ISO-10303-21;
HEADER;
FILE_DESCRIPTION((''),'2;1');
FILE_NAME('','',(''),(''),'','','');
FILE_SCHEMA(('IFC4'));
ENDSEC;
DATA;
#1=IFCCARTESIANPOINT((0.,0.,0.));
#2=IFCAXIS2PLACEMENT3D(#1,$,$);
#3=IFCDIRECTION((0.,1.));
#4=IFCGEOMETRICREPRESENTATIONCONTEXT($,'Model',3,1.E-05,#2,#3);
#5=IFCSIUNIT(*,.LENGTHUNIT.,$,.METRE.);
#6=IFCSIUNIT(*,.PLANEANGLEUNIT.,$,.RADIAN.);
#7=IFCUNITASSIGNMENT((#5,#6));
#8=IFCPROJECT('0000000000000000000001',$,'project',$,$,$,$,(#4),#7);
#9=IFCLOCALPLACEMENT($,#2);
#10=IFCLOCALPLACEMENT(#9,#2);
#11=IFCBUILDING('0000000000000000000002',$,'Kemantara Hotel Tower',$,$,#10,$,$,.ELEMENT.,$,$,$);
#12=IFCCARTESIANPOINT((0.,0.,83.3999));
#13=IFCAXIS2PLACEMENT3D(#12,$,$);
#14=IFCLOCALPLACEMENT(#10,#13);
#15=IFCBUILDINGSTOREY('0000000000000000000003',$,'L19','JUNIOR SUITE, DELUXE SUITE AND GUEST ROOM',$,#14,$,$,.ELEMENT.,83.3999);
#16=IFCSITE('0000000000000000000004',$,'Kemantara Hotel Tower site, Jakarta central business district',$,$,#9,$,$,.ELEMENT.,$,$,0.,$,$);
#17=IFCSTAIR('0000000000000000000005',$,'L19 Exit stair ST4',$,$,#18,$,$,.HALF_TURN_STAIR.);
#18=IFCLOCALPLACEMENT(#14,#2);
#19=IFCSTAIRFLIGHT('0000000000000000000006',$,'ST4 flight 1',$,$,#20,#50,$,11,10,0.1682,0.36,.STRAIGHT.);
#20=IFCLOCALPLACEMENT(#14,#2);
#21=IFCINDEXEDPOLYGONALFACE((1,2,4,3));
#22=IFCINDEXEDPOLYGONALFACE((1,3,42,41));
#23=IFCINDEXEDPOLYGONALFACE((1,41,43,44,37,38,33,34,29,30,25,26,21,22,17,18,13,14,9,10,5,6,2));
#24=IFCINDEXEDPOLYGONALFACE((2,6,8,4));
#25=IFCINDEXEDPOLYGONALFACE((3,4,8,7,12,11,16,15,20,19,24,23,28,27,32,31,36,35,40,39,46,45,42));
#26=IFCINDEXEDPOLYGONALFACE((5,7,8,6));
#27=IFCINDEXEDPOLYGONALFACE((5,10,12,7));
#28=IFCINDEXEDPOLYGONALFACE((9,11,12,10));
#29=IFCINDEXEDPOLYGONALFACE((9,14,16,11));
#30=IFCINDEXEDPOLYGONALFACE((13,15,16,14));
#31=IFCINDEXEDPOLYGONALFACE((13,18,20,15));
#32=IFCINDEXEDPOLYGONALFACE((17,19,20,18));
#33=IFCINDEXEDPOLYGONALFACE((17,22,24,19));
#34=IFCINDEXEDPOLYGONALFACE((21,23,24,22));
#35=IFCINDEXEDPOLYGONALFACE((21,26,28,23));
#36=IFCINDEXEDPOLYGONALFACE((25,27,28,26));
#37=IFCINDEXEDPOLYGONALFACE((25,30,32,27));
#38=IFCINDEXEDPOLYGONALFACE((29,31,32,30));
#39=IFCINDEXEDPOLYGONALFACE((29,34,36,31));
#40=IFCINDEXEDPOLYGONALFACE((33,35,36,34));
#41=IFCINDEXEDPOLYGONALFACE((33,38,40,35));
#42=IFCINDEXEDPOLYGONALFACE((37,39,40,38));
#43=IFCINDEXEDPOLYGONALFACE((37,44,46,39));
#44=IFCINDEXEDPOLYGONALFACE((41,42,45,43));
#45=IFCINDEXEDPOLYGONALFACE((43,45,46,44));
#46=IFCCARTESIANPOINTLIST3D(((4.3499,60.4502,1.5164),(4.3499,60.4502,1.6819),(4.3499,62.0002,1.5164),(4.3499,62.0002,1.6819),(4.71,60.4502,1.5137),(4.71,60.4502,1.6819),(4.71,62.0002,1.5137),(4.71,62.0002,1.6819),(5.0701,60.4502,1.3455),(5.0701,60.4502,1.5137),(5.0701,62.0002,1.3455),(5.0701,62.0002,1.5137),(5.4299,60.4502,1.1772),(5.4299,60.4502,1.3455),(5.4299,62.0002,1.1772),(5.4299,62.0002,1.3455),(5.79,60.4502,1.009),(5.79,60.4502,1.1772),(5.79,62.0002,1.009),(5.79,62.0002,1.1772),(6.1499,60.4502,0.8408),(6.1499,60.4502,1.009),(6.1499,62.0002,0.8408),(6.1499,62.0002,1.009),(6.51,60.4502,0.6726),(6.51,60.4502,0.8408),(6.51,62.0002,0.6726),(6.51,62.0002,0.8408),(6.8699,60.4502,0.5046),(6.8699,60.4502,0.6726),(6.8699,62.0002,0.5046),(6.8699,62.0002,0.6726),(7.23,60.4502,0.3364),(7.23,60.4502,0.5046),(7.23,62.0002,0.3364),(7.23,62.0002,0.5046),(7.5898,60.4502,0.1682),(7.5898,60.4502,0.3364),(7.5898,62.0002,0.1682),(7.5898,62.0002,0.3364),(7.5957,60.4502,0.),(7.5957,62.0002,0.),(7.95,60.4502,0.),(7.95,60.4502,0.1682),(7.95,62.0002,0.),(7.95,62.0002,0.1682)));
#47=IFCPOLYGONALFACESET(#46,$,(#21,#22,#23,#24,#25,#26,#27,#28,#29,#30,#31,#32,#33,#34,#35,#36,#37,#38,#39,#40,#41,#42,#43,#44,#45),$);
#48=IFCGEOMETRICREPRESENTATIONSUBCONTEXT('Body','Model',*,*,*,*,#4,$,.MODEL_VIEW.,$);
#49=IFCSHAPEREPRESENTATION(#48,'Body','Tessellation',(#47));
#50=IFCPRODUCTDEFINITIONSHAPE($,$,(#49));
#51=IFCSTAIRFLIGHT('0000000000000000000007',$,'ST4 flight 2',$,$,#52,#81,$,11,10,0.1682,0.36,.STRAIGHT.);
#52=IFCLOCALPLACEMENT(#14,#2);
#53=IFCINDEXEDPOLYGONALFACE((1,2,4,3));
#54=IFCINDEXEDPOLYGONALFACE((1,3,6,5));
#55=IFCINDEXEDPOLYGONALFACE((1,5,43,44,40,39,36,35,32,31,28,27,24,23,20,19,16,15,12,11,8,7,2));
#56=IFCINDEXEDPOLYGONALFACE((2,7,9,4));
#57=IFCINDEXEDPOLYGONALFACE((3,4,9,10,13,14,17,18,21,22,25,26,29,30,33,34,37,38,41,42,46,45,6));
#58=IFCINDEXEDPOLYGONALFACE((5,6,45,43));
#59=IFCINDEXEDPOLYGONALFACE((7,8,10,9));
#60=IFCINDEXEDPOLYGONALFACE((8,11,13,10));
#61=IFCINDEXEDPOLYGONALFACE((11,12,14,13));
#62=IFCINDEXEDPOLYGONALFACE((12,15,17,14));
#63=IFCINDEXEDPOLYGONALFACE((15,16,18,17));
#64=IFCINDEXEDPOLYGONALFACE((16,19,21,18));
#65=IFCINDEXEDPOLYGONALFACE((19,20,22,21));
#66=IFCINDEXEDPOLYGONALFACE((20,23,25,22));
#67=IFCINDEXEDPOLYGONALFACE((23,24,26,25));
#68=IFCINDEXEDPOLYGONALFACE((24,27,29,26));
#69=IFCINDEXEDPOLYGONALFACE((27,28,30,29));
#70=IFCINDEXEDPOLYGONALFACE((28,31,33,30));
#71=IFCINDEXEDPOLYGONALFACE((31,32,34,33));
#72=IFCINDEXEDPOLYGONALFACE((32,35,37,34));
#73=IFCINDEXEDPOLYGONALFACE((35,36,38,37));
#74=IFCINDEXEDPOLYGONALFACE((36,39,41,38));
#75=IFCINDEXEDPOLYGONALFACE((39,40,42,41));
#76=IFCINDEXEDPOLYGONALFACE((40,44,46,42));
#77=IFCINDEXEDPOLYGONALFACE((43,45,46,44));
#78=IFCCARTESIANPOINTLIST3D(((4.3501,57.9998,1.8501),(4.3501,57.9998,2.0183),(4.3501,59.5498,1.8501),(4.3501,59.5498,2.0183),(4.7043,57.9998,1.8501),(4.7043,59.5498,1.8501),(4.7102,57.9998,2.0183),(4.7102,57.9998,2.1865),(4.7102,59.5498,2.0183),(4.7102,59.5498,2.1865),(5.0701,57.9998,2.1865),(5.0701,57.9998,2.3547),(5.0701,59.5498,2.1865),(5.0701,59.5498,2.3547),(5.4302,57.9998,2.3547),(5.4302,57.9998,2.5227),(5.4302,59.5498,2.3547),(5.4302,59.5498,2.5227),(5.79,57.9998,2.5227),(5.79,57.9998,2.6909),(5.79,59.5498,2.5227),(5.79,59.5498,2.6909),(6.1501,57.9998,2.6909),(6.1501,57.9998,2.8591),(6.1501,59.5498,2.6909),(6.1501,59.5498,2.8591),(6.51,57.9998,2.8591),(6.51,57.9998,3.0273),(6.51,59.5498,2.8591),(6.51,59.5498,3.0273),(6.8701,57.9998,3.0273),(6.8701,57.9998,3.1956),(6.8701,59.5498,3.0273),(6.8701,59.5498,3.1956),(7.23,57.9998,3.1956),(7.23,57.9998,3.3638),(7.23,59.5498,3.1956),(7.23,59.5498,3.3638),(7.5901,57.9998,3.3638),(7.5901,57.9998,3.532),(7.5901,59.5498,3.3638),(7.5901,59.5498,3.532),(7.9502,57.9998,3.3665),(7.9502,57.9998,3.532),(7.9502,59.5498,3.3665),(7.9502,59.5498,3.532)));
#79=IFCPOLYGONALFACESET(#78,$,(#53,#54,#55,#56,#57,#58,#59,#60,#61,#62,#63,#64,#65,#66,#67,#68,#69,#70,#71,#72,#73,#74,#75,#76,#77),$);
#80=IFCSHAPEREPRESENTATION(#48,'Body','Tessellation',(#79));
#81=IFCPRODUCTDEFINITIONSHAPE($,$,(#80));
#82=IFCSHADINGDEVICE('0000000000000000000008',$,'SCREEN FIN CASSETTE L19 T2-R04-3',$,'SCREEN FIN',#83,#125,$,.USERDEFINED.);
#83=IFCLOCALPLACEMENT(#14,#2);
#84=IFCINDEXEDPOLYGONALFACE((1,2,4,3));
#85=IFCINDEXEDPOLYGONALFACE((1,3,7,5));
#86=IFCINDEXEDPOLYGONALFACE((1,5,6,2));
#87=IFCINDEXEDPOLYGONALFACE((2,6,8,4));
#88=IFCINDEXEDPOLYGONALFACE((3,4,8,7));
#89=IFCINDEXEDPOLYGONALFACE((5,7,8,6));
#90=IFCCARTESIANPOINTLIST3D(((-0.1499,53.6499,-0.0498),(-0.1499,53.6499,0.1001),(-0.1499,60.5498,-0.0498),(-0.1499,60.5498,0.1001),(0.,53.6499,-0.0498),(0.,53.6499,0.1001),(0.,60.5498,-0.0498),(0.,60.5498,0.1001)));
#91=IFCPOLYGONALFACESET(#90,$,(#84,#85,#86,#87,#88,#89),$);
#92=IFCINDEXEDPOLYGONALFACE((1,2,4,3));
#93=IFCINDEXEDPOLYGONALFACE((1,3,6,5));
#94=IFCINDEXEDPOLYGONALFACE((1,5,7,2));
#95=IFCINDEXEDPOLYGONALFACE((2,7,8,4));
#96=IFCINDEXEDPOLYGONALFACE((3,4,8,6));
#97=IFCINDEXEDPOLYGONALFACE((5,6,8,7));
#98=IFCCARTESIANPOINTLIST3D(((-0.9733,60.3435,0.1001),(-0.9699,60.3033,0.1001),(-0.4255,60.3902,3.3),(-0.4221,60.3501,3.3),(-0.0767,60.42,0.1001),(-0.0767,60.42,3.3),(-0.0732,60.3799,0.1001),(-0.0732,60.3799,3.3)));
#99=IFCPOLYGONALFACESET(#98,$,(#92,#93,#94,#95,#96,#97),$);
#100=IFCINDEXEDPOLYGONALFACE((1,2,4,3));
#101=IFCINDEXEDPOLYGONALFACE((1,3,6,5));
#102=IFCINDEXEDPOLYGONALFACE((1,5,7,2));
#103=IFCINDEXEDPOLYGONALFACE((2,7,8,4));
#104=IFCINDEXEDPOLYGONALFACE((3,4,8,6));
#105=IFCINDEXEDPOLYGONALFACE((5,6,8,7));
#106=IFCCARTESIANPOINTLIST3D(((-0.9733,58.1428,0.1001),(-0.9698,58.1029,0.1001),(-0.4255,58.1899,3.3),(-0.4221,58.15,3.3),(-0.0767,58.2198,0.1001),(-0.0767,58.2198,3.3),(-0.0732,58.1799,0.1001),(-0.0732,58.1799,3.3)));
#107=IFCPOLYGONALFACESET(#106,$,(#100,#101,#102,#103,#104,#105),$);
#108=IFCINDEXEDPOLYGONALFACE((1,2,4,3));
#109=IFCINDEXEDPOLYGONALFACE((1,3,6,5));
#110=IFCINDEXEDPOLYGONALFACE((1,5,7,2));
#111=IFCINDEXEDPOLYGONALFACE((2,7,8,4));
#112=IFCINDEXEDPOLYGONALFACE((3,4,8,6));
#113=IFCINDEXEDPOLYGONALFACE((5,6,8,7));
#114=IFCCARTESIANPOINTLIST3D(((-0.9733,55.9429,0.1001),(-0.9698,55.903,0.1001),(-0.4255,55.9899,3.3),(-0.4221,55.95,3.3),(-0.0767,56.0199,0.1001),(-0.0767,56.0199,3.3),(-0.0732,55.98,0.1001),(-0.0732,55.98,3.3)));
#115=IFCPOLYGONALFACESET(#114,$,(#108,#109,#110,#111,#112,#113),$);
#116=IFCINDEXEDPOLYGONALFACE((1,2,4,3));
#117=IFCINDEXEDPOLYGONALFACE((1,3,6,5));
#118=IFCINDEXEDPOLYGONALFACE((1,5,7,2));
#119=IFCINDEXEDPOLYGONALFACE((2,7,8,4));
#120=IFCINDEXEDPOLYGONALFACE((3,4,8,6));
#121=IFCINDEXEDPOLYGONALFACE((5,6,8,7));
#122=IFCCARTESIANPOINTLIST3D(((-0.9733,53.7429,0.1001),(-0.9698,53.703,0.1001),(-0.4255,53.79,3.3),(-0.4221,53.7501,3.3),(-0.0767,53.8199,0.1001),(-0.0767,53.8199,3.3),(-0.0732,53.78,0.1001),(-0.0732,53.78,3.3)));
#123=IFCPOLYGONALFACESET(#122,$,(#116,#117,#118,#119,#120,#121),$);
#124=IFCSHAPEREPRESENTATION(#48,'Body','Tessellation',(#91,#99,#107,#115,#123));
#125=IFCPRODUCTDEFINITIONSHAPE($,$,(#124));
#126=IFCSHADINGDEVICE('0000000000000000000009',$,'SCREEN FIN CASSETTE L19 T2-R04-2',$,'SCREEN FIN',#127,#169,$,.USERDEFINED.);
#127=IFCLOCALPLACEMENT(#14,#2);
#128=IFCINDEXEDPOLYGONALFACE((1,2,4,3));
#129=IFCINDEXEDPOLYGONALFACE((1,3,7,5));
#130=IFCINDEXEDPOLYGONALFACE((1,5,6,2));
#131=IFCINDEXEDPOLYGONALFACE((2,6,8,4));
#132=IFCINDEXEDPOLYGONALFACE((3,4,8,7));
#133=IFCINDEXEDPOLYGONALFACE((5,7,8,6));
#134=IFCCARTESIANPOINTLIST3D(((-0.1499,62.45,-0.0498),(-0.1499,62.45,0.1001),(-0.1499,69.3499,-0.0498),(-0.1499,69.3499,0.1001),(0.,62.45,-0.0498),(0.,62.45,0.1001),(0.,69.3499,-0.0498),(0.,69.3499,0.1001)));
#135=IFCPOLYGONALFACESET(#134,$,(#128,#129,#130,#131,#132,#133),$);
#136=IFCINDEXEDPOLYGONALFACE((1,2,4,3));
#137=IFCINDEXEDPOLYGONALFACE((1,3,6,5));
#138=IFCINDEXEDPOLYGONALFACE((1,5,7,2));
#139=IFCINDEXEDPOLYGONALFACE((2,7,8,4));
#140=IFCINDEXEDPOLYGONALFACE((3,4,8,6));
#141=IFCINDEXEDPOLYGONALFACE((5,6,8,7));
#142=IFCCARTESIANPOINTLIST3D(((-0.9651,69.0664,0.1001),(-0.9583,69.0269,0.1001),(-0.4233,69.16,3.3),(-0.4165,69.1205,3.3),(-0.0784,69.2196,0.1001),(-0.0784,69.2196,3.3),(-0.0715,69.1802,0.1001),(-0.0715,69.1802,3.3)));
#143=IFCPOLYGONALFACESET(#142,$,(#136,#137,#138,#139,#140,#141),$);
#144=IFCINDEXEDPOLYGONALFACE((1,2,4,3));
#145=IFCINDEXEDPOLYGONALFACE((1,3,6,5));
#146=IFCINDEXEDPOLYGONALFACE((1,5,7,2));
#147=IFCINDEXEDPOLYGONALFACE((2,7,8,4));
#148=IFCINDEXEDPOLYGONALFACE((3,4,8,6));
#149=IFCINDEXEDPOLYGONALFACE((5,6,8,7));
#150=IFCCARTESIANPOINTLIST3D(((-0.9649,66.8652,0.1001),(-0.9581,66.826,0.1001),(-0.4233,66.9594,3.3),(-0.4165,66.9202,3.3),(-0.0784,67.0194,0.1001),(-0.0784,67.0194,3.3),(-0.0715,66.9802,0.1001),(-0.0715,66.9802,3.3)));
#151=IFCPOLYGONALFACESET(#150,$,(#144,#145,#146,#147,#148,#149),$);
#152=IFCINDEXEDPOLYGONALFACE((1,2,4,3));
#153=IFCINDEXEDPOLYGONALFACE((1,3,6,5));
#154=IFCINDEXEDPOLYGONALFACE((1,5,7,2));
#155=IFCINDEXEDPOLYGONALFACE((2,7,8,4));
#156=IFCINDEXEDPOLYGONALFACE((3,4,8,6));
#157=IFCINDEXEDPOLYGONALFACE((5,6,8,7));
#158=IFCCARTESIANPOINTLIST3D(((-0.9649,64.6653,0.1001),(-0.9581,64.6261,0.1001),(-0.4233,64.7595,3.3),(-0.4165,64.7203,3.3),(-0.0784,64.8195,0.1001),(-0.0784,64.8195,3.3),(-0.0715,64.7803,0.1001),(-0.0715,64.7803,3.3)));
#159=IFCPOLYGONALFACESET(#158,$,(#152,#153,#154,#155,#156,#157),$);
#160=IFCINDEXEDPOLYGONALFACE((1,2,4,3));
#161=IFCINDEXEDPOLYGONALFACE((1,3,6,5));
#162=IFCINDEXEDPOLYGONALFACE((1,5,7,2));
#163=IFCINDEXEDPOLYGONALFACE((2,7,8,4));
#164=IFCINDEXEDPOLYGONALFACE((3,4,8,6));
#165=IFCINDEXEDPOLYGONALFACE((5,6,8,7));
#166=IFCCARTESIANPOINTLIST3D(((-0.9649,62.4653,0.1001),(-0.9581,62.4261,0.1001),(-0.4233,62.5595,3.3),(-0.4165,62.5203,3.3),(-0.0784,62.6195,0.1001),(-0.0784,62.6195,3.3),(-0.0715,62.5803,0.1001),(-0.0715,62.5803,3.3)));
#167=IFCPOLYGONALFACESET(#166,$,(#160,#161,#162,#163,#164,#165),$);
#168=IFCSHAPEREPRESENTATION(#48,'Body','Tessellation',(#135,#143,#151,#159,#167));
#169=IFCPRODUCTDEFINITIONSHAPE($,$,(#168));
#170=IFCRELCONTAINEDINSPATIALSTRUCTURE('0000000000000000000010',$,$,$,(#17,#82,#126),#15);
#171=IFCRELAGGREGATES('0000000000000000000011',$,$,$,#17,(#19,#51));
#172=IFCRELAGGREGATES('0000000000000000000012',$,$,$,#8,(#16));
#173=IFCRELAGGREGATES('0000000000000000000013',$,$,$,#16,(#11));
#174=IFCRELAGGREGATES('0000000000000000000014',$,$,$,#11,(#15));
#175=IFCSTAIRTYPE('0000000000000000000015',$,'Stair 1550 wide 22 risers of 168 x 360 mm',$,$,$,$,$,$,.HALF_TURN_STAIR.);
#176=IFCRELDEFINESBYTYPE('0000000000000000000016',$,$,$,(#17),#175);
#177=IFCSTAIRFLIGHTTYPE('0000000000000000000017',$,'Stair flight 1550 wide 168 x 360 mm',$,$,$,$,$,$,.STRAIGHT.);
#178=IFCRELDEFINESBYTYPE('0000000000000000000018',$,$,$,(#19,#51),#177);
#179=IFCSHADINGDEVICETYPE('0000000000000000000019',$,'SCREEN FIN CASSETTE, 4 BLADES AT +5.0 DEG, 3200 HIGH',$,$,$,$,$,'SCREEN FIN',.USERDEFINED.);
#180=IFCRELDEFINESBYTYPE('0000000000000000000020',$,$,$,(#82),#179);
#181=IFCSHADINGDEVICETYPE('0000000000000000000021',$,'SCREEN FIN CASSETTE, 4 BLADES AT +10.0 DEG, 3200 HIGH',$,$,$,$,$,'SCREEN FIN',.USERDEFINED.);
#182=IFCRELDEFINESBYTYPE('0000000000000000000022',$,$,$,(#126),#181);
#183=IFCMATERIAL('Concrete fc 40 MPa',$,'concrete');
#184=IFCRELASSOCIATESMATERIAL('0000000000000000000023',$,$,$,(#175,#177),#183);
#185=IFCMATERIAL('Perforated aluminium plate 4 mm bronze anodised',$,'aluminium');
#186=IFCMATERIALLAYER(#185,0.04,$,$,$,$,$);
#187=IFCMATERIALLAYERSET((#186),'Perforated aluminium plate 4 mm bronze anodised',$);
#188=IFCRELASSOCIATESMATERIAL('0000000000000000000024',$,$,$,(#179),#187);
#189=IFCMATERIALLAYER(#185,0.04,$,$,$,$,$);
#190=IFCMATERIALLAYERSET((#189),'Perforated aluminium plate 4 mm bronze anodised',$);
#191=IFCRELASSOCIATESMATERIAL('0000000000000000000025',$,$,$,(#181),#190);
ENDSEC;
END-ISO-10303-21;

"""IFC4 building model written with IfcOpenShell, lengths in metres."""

from ifc_helpers import new_model, si_unit, direction, frame, origin, origin_2d, place, context, subcontext, project, spatial, polyline, rectangle, outline, extrude, source, transform, mapped, material, layer, layer_set, type_object, element, aggregate, save


model = new_model("IFC4")

# Units and contexts
model_context = context("Model", 3, precision=1e-05, world=origin(), true_north=direction((0.0, 1.0)))
body_context = subcontext(model_context, "Body", "Model", "MODEL_VIEW")
ifc_project = project(units=[si_unit("LENGTHUNIT", "METRE"), si_unit("PLANEANGLEUNIT", "RADIAN")], contexts=[model_context])

# Site, building, storey
site_placement = place(None, origin())
site = spatial("IfcSite", under=ifc_project, at=site_placement, Name="Kemantara Hotel Tower site, Jakarta central business district", CompositionType="ELEMENT", RefElevation=0.0)
building_placement = place(site_placement, origin())
building = spatial("IfcBuilding", under=site, at=building_placement, Name="Kemantara Hotel Tower", CompositionType="ELEMENT")
storey_placement = place(building_placement, frame((0.0, 0.0, 83.3999)))
storey = spatial("IfcBuildingStorey", under=building, at=storey_placement, Name="L19", Description="JUNIOR SUITE, DELUXE SUITE AND GUEST ROOM", CompositionType="ELEMENT", Elevation=83.3999)

# Shared definitions
ifc_material_1 = material(Name="Concrete fc 40 MPa", Category="concrete")

# Stair, stair flights
stair_type = type_object("IfcStairType", Name="Stair 1550 wide 22 risers of 168 x 360 mm", PredefinedType="HALF_TURN_STAIR", material=ifc_material_1)
stair_placement = place(storey_placement, origin())
stair = element("IfcStair", 1, at=stair_placement, inside=storey, type_object=stair_type, Name="L19 Exit stair ST4", PredefinedType="HALF_TURN_STAIR")
stair_flight_type = type_object("IfcStairFlightType", Name="Stair flight 1550 wide 168 x 360 mm", PredefinedType="STRAIGHT", material=ifc_material_1)
stair_flight_1_placement = place(storey_placement, frame((7.95, 61.2251, 0.0), z_axis=(0.0, 0.0, 1.0), x_axis=(-1.0, 0.0, 0.0)))
stair_flight_1 = element("IfcStairFlight", 2, at=stair_flight_1_placement, type_object=stair_flight_type, Name="ST4 flight 1", NumberOfRisers=11, NumberOfTreads=10, PredefinedType="STRAIGHT", RiserHeight=0.1682, TreadLength=0.36, context=body_context, shape_type="SweptSolid", body=[
    extrude(outline(polyline([(0.0, 0.0), (0.0, 0.1682), (0.3601, 0.1682), (0.3601, 0.3364), (0.72, 0.3364), (0.72, 0.5046), (1.0801, 0.5046), (1.0801, 0.6726), (1.4399, 0.6726), (1.4399, 0.8408), (1.8, 0.8408), (1.8, 1.009), (2.1599, 1.009), (2.1599, 1.1772), (2.52, 1.1772), (2.52, 1.3455), (2.8799, 1.3455), (2.8799, 1.5137), (3.24, 1.5137), (3.24, 1.6819), (3.6001, 1.6819), (3.6001, 1.8501), (3.6001, 1.5164), (0.3542, 0.0), (0.0, 0.0)])), frame((0.0, 0.7749, 0.0), z_axis=(0.0, -1.0, 0.0), x_axis=(1.0, 0.0, 0.0)), (0.0, 0.0, 1.0), 1.55),
])
stair_flight_2_placement = place(storey_placement, frame((4.3501, 58.7749, 1.8501), z_axis=(0.0, 0.0, 1.0), x_axis=(1.0, 0.0, 0.0)))
stair_flight_2 = element("IfcStairFlight", 3, at=stair_flight_2_placement, type_object=stair_flight_type, Name="ST4 flight 2", NumberOfRisers=11, NumberOfTreads=10, PredefinedType="STRAIGHT", RiserHeight=0.1682, TreadLength=0.36, context=body_context, shape_type="SweptSolid", body=[
    extrude(outline(polyline([(0.0, 0.0), (0.0, 0.1682), (0.3601, 0.1682), (0.3601, 0.3364), (0.72, 0.3364), (0.72, 0.5046), (1.0801, 0.5046), (1.0801, 0.6726), (1.4399, 0.6726), (1.4399, 0.8408), (1.8, 0.8408), (1.8, 1.009), (2.1599, 1.009), (2.1599, 1.1772), (2.52, 1.1772), (2.52, 1.3455), (2.8799, 1.3455), (2.8799, 1.5137), (3.24, 1.5137), (3.24, 1.6819), (3.6001, 1.6819), (3.6001, 1.8501), (3.6001, 1.5164), (0.3542, 0.0), (0.0, 0.0)])), frame((0.0, 0.7749, 0.0), z_axis=(0.0, -1.0, 0.0), x_axis=(1.0, 0.0, 0.0)), (0.0, 0.0, 1.0), 1.55),
])
aggregate(stair, [stair_flight_1, stair_flight_2])

# Shading devices
ifc_material_2 = material(Name="Perforated aluminium plate 4 mm bronze anodised", Category="aluminium")
ifc_layer_1 = layer(ifc_material_2, 0.04)
ifc_layer_set_1 = layer_set([ifc_layer_1], Name="Perforated aluminium plate 4 mm bronze anodised")
shading_device_type_1 = type_object("IfcShadingDeviceType", Name="SCREEN FIN CASSETTE, 4 BLADES AT +5.0 DEG, 3200 HIGH", ElementType="SCREEN FIN", PredefinedType="USERDEFINED", material=ifc_layer_set_1)
shared_shape_1 = source(origin(), body_context, "Body", "SweptSolid", [
    extrude(rectangle(XDim=6.8999, YDim=0.1499, at=origin_2d()), frame((3.3, -0.075, -0.1499), z_axis=(0.0, 0.0, 1.0), x_axis=(1.0, 0.0, 0.0)), (0.0, 0.0, 1.0), 0.1499),
    extrude(outline(polyline([(0.0, 0.0), (0.8999, 0.0), (0.3501, 3.2), (0.0, 3.2), (0.0, 0.0)])), frame((0.02, -0.0732, 0.0), z_axis=(-0.996376, -0.085056, 0.0), x_axis=(0.085056, -0.996376, 0.0)), (0.0, 0.0, 1.0), 0.0403),
    extrude(outline(polyline([(0.0, 0.0), (0.8999, 0.0), (0.3501, 3.2), (0.0, 3.2), (0.0, 0.0)])), frame((2.22, -0.0732, 0.0), z_axis=(-0.996332, -0.085575, 0.0), x_axis=(0.085575, -0.996332, 0.0)), (0.0, 0.0, 1.0), 0.04),
    extrude(outline(polyline([(0.0, 0.0), (0.8999, 0.0), (0.3501, 3.2), (0.0, 3.2), (0.0, 0.0)])), frame((4.4199, -0.0732, 0.0), z_axis=(-0.996332, -0.085575, 0.0), x_axis=(0.085575, -0.996332, 0.0)), (0.0, 0.0, 1.0), 0.04),
    extrude(outline(polyline([(0.0, 0.0), (0.8999, 0.0), (0.3501, 3.2), (0.0, 3.2), (0.0, 0.0)])), frame((6.6199, -0.0732, 0.0), z_axis=(-0.996332, -0.085575, 0.0), x_axis=(0.085575, -0.996332, 0.0)), (0.0, 0.0, 1.0), 0.04),
])
shading_device_1_placement = place(storey_placement, frame((0.0, 60.3999, 0.1001), z_axis=(0.0, 0.0, 1.0), x_axis=(0.0, -1.0, 0.0)))
element("IfcShadingDevice", 4, at=shading_device_1_placement, inside=storey, type_object=shading_device_type_1, Name="SCREEN FIN CASSETTE L19 T2-R04-3", ObjectType="SCREEN FIN", PredefinedType="USERDEFINED", context=body_context, shape_type="MappedRepresentation", body=[
    mapped(shared_shape_1, transform((0.0, 0.0, 0.0))),
])
ifc_layer_2 = layer(ifc_material_2, 0.04)
ifc_layer_set_2 = layer_set([ifc_layer_2], Name="Perforated aluminium plate 4 mm bronze anodised")
shading_device_type_2 = type_object("IfcShadingDeviceType", Name="SCREEN FIN CASSETTE, 4 BLADES AT +10.0 DEG, 3200 HIGH", ElementType="SCREEN FIN", PredefinedType="USERDEFINED", material=ifc_layer_set_2)
shared_shape_2 = source(origin(), body_context, "Body", "SweptSolid", [
    extrude(rectangle(XDim=6.8999, YDim=0.1499, at=origin_2d()), frame((3.3, -0.075, -0.1499), z_axis=(0.0, 0.0, 1.0), x_axis=(1.0, 0.0, 0.0)), (0.0, 0.0, 1.0), 0.1499),
    extrude(outline(polyline([(0.0, 0.0), (0.8999, 0.0), (0.3501, 3.2), (0.0, 3.2), (0.0, 0.0)])), frame((0.0198, -0.0715, 0.0), z_axis=(-0.98539, -0.170314, 0.0), x_axis=(0.170314, -0.98539, 0.0)), (0.0, 0.0, 1.0), 0.04),
    extrude(outline(polyline([(0.0, 0.0), (0.8999, 0.0), (0.3501, 3.2), (0.0, 3.2), (0.0, 0.0)])), frame((2.2197, -0.0715, 0.0), z_axis=(-0.985212, -0.171341, 0.0), x_axis=(0.171341, -0.985212, 0.0)), (0.0, 0.0, 1.0), 0.0398),
    extrude(outline(polyline([(0.0, 0.0), (0.8999, 0.0), (0.3501, 3.2), (0.0, 3.2), (0.0, 0.0)])), frame((4.4197, -0.0715, 0.0), z_axis=(-0.985212, -0.171341, 0.0), x_axis=(0.171341, -0.985212, 0.0)), (0.0, 0.0, 1.0), 0.0398),
    extrude(outline(polyline([(0.0, 0.0), (0.8999, 0.0), (0.3501, 3.2), (0.0, 3.2), (0.0, 0.0)])), frame((6.6196, -0.0715, 0.0), z_axis=(-0.985212, -0.171341, 0.0), x_axis=(0.171341, -0.985212, 0.0)), (0.0, 0.0, 1.0), 0.0398),
])
shading_device_2_placement = place(storey_placement, frame((0.0, 69.2, 0.1001), z_axis=(0.0, 0.0, 1.0), x_axis=(0.0, -1.0, 0.0)))
element("IfcShadingDevice", 5, at=shading_device_2_placement, inside=storey, type_object=shading_device_type_2, Name="SCREEN FIN CASSETTE L19 T2-R04-2", ObjectType="SCREEN FIN", PredefinedType="USERDEFINED", context=body_context, shape_type="MappedRepresentation", body=[
    mapped(shared_shape_2, transform((0.0, 0.0, 0.0))),
])

save(model, "model.ifc")
